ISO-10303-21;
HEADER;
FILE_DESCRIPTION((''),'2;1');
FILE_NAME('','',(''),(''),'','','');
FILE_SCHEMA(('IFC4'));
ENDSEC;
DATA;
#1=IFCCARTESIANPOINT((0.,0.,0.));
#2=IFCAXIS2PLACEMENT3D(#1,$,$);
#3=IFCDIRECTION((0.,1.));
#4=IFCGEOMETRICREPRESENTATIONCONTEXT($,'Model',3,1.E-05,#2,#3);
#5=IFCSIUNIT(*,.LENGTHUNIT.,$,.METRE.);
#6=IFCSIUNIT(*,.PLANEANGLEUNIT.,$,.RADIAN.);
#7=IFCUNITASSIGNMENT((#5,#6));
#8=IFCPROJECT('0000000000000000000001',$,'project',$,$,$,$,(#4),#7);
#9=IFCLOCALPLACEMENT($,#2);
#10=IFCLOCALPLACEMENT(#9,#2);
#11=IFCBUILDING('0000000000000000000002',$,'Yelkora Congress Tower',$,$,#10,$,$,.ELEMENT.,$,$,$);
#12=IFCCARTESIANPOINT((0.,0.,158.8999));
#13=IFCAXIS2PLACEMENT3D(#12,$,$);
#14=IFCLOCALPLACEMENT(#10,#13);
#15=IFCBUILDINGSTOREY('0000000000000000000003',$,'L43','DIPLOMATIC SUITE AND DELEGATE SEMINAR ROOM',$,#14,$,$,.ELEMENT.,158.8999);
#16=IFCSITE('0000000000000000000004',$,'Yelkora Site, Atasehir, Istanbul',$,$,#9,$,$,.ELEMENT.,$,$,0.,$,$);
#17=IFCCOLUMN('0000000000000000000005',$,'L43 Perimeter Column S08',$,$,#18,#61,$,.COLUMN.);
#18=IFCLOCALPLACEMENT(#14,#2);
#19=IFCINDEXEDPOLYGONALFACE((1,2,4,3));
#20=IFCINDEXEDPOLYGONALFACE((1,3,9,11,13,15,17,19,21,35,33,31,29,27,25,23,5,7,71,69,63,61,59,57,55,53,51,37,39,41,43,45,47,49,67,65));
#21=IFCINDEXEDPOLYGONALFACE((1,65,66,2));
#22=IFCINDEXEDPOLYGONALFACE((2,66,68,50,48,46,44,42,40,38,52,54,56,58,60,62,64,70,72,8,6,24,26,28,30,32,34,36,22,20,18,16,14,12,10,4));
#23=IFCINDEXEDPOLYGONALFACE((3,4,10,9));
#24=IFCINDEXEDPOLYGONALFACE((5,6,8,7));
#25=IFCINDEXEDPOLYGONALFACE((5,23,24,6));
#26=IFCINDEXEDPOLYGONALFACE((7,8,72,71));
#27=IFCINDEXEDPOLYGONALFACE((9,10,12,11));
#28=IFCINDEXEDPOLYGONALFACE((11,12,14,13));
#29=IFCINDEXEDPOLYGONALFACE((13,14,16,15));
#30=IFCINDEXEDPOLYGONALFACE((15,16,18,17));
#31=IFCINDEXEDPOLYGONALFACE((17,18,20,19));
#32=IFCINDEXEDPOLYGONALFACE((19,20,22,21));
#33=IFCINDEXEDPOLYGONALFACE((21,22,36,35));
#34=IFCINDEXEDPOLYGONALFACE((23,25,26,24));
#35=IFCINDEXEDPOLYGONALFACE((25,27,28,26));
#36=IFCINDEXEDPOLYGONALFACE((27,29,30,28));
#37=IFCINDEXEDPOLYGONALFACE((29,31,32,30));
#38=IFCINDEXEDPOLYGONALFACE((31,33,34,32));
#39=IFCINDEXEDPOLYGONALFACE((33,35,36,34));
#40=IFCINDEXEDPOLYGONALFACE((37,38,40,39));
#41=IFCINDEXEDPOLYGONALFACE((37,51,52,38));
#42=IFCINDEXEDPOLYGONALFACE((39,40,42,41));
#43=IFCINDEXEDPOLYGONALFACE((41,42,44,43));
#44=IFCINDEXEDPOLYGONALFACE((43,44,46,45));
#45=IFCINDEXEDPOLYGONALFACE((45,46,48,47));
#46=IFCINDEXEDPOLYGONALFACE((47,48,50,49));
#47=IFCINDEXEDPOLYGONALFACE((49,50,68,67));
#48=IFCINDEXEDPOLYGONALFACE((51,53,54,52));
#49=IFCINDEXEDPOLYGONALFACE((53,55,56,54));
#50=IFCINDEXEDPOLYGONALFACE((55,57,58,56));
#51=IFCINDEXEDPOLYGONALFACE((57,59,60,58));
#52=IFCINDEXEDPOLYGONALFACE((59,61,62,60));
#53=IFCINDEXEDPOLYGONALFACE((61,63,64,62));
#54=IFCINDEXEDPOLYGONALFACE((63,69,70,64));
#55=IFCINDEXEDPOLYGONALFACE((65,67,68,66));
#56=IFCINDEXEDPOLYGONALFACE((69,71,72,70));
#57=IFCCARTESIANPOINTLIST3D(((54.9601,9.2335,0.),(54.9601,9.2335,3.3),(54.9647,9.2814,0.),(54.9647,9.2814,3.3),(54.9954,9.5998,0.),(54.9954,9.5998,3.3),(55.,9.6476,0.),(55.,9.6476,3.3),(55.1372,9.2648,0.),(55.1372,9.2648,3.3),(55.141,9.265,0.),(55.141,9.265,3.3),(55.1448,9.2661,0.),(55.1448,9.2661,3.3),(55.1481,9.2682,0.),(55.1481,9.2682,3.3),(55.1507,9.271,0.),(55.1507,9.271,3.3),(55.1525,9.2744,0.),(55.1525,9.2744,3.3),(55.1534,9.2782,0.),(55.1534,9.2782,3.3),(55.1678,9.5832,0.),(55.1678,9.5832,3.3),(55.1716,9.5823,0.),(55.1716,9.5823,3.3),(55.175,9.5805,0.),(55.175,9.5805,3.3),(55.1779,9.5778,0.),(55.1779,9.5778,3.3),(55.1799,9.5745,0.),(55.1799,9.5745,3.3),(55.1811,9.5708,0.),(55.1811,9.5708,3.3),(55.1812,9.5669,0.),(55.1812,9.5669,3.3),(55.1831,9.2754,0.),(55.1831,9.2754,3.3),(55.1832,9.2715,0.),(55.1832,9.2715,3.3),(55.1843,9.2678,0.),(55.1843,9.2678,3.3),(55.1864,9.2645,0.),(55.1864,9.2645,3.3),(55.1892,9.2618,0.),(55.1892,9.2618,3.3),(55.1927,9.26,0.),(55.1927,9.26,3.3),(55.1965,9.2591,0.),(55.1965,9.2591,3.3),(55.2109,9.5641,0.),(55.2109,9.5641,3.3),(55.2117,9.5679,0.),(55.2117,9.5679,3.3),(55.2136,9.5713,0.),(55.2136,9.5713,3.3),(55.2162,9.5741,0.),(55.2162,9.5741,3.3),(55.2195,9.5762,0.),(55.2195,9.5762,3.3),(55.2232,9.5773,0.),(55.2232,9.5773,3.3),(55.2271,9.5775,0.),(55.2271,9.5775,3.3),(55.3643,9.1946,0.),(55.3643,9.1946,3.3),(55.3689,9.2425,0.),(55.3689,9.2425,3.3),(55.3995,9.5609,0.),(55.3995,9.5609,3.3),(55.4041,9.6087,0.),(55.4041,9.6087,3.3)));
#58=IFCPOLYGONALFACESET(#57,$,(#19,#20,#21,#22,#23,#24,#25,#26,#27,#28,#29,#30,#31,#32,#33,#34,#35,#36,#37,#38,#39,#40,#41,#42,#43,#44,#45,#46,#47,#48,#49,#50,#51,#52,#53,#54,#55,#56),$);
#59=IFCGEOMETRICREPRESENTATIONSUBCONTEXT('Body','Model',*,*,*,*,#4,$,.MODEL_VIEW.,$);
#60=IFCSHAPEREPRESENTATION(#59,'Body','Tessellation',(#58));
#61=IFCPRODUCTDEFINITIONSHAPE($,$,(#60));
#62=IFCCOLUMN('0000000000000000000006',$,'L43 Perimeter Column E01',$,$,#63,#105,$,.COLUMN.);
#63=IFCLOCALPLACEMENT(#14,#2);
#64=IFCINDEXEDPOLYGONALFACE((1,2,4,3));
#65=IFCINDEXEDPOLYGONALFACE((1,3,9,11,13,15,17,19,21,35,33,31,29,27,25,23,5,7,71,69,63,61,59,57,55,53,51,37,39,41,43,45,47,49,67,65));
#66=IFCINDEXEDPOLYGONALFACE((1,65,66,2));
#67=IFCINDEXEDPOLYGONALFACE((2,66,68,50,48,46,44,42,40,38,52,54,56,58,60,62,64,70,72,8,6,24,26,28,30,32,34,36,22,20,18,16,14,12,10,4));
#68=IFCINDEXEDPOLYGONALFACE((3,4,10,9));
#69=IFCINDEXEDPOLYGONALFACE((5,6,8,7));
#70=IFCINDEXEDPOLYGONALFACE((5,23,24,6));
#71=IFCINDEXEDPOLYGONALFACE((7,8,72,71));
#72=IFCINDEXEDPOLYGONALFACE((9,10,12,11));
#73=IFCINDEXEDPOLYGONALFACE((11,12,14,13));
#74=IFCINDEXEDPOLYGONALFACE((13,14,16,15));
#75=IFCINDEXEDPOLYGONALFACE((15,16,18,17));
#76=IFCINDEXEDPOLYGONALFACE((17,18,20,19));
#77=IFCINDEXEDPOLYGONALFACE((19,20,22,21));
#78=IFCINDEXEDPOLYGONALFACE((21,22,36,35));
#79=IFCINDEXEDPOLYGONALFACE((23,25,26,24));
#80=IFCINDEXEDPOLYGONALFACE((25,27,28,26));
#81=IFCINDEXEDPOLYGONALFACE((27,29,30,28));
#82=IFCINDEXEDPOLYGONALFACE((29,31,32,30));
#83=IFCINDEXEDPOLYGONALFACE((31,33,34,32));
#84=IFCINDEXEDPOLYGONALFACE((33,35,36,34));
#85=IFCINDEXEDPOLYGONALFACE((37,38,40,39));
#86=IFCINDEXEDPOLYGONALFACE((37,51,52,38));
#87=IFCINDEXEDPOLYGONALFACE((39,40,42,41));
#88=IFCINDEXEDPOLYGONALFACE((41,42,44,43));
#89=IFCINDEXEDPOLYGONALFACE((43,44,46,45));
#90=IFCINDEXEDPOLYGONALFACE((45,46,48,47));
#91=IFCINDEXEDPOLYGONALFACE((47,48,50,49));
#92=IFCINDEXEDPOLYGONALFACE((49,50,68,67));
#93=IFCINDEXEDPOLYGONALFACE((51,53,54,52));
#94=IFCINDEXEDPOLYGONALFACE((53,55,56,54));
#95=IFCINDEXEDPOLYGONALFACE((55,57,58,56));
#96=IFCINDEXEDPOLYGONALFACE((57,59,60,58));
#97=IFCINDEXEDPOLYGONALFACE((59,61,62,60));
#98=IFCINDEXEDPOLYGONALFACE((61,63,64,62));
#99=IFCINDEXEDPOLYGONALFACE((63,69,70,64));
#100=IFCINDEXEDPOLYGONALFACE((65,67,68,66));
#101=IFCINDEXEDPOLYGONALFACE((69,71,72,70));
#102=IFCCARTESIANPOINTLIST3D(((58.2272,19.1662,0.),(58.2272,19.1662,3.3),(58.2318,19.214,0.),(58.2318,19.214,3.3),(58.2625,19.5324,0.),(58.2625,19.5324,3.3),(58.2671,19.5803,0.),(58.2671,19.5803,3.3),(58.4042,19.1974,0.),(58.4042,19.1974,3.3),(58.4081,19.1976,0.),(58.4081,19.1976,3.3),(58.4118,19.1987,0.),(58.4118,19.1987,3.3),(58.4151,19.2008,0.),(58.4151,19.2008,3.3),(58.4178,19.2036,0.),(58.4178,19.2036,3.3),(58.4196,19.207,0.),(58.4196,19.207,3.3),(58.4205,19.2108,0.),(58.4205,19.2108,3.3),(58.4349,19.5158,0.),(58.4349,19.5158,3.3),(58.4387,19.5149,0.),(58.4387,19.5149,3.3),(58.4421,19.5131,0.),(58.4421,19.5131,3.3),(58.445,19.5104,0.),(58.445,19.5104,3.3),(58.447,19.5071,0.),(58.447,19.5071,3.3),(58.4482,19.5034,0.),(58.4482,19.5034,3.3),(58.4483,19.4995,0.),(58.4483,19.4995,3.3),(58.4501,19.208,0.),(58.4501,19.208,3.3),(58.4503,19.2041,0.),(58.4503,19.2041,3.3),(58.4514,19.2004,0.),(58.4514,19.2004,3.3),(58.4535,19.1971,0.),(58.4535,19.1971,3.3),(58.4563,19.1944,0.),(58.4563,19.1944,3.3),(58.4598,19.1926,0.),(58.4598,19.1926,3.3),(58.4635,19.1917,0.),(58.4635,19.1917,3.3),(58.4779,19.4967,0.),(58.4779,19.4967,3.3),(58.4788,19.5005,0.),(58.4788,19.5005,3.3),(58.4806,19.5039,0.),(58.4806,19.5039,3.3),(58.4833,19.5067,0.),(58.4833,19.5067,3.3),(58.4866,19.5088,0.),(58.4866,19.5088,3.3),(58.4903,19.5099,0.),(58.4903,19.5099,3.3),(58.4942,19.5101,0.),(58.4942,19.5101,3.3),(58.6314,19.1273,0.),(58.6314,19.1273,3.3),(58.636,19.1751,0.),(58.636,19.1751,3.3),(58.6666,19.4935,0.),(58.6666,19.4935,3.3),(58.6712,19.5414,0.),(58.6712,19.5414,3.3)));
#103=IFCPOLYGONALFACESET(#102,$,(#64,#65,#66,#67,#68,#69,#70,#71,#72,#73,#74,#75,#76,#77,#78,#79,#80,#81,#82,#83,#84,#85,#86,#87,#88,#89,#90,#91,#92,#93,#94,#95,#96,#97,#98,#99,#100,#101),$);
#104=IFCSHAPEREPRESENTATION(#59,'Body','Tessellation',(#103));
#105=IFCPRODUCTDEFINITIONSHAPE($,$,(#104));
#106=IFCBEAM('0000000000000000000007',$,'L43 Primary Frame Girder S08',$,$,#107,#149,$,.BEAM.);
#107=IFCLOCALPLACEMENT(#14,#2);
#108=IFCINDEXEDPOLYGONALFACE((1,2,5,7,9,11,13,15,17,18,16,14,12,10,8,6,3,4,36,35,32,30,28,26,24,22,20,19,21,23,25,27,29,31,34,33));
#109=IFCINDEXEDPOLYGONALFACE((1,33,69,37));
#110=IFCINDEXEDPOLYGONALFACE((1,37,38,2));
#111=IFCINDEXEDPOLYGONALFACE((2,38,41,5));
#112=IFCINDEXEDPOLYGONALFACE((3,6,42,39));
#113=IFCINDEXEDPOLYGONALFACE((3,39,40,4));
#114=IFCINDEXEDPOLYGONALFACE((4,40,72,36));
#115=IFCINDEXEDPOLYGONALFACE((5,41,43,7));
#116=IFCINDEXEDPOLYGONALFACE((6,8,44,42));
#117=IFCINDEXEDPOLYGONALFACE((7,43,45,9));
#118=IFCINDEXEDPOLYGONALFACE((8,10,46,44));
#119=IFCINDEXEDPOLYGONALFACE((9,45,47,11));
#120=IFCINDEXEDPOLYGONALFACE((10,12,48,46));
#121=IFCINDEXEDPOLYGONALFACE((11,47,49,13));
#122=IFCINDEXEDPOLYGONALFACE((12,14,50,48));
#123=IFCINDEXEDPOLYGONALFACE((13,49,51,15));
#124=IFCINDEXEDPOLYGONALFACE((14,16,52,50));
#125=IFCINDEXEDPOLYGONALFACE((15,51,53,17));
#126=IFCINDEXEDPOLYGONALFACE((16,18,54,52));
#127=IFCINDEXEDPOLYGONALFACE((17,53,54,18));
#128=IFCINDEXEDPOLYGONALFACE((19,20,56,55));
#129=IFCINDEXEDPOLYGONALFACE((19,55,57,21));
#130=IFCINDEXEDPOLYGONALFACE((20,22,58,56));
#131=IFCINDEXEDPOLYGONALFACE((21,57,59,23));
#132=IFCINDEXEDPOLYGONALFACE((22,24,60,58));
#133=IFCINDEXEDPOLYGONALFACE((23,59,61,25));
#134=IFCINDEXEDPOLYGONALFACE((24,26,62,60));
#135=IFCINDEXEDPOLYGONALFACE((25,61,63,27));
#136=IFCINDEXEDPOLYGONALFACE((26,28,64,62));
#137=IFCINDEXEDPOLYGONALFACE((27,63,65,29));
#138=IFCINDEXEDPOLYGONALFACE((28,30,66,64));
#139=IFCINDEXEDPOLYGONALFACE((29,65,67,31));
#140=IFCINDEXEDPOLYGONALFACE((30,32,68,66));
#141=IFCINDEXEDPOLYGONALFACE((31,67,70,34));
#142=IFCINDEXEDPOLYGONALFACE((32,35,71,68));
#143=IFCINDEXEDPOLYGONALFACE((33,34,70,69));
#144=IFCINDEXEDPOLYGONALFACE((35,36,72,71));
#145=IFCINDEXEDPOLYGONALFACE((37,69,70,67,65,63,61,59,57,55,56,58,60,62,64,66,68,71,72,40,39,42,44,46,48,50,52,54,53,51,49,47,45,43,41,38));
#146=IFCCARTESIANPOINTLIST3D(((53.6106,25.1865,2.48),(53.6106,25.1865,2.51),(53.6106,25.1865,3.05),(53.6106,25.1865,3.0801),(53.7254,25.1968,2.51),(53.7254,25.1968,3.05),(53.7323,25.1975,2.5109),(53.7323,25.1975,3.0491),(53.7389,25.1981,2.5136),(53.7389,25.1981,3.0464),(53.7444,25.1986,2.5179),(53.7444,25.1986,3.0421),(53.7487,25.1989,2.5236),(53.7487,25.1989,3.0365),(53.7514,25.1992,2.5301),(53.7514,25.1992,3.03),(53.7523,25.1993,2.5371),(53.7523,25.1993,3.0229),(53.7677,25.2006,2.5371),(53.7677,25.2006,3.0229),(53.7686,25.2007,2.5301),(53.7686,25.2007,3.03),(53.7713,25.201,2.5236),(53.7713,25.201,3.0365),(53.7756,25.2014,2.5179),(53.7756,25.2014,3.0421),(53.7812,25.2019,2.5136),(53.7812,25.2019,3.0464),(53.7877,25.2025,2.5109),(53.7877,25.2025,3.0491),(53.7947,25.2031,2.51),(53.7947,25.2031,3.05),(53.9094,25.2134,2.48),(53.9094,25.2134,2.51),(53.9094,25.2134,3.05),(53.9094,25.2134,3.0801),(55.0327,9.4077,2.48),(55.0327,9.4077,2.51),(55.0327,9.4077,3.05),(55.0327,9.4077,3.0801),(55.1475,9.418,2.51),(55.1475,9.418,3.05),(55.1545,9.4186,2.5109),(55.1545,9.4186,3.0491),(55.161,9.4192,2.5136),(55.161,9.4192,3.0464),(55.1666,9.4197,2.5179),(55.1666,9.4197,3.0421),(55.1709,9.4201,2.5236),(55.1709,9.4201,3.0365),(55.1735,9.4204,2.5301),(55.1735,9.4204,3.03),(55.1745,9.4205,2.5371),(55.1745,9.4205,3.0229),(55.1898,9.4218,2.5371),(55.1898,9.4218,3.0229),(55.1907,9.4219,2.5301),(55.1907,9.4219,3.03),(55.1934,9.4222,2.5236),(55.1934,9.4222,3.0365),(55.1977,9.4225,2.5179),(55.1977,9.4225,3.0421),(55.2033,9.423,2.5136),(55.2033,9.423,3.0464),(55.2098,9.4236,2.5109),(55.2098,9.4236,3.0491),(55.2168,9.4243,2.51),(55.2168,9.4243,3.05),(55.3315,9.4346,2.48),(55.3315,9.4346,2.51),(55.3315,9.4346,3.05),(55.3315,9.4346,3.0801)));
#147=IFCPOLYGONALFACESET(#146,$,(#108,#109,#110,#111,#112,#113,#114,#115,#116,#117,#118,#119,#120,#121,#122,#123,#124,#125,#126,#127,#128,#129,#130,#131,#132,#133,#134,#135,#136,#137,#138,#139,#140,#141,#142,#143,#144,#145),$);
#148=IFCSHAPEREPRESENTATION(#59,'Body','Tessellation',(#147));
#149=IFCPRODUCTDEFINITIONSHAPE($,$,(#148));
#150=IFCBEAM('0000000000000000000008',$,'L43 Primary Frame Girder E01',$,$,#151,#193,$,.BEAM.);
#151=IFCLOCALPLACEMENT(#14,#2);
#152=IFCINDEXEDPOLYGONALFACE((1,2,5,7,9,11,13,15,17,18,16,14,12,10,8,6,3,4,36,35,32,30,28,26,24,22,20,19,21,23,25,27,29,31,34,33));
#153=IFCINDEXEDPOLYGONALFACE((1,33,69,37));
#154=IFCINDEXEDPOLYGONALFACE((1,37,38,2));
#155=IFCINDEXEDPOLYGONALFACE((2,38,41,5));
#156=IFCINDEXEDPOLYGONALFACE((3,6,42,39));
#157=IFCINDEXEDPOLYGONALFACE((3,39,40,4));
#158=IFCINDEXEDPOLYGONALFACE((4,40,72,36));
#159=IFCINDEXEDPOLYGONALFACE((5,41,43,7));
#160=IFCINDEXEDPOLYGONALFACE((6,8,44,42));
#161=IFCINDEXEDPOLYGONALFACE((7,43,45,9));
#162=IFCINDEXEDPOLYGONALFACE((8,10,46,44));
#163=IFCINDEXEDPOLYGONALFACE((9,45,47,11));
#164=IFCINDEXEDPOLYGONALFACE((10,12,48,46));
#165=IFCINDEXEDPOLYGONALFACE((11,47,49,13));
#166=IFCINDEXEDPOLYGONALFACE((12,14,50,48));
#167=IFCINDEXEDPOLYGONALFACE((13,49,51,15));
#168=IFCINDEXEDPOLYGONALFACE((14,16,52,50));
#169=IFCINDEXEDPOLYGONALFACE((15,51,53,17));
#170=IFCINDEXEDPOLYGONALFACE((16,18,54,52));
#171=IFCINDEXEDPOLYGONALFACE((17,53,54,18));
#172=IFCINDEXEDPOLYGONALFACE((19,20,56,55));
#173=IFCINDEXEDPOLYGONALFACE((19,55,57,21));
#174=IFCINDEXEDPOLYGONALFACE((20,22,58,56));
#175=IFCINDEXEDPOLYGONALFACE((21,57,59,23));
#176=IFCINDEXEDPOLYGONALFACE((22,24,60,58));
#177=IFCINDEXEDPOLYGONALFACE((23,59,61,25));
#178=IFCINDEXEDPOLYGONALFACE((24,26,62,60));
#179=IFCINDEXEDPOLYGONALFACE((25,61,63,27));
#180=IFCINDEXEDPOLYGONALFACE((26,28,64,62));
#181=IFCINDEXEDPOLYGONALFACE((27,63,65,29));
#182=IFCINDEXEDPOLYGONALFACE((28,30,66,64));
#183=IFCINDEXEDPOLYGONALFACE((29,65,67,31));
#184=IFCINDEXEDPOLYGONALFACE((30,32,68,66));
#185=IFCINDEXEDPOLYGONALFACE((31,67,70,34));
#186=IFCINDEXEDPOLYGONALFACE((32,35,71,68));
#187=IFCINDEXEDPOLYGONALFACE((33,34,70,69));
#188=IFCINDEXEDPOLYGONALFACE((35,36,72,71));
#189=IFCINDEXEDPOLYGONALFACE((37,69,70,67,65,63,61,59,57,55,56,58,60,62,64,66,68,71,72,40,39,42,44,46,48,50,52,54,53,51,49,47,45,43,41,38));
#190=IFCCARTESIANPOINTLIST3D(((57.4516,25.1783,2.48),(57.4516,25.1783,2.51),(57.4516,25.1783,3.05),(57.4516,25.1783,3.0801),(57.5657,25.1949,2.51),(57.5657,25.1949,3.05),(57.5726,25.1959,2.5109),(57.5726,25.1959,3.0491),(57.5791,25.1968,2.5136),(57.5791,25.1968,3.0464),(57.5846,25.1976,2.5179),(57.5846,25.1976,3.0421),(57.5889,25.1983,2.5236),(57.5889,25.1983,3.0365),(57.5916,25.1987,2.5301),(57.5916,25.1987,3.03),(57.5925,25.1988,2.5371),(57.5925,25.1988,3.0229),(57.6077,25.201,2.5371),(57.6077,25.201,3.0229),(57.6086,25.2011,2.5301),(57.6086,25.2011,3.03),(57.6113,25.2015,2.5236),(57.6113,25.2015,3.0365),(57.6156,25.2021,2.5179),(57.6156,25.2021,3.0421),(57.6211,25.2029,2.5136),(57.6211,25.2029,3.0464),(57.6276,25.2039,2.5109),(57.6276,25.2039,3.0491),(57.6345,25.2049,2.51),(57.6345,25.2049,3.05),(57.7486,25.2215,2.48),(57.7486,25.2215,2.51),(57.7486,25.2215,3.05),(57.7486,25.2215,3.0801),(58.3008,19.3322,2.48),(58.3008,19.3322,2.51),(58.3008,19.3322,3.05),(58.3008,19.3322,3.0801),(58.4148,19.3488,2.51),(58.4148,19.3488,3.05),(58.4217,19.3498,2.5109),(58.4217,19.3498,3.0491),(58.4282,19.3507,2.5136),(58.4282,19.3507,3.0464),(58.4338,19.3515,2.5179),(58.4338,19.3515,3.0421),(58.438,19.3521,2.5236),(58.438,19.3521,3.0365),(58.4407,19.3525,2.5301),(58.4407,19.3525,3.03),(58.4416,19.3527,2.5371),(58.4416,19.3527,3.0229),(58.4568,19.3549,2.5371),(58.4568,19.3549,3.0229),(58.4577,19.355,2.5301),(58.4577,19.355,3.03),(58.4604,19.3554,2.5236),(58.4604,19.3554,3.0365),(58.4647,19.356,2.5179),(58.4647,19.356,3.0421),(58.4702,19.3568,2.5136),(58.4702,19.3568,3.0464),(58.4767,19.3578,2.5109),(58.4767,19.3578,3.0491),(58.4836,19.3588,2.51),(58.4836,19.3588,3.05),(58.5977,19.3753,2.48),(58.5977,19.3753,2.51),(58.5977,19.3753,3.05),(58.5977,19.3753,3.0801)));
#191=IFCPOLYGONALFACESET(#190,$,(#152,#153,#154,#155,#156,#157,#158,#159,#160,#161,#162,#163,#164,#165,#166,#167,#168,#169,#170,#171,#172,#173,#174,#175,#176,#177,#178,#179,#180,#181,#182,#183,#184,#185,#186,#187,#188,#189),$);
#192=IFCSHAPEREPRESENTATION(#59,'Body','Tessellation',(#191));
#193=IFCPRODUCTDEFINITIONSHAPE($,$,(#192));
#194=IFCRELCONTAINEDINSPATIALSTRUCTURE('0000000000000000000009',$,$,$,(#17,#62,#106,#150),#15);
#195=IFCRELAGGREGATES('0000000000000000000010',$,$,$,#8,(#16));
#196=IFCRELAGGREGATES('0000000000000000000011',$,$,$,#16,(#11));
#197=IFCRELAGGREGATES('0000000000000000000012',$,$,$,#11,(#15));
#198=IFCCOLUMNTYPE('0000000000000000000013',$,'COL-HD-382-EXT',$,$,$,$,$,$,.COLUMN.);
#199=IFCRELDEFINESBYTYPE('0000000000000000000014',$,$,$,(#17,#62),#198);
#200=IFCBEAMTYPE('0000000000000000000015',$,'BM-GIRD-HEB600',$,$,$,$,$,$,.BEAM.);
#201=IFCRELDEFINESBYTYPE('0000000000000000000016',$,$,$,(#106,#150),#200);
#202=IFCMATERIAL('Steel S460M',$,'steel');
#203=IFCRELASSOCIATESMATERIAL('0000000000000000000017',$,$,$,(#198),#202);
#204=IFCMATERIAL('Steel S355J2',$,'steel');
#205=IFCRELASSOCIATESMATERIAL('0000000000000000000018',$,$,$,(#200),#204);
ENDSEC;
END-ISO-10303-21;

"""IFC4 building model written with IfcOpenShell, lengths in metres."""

from ifc_helpers import new_model, si_unit, direction, frame, origin, origin_2d, place, context, subcontext, project, spatial, i_section, extrude, material, material_profile, profile_set, type_object, element, save


model = new_model("IFC4")

# Units and contexts
model_context = context("Model", 3, precision=1e-05, world=origin(), true_north=direction((0.0, 1.0)))
body_context = subcontext(model_context, "Body", "Model", "MODEL_VIEW")
ifc_project = project(units=[si_unit("LENGTHUNIT", "METRE"), si_unit("PLANEANGLEUNIT", "RADIAN")], contexts=[model_context])

# Site, building, storey
site_placement = place(None, origin())
site = spatial("IfcSite", under=ifc_project, at=site_placement, Name="Yelkora Site, Atasehir, Istanbul", CompositionType="ELEMENT", RefElevation=0.0)
building_placement = place(site_placement, origin())
building = spatial("IfcBuilding", under=site, at=building_placement, Name="Yelkora Congress Tower", CompositionType="ELEMENT")
storey_placement = place(building_placement, frame((0.0, 0.0, 158.8999)))
storey = spatial("IfcBuildingStorey", under=building, at=storey_placement, Name="L43", Description="DIPLOMATIC SUITE AND DELEGATE SEMINAR ROOM", CompositionType="ELEMENT", Elevation=158.8999)

# Columns
ifc_material_1 = material(Name="Steel S460M", Category="steel")
ifc_material_profile_1 = material_profile(ifc_material_1, i_section(OverallWidth=0.406, OverallDepth=0.416, WebThickness=0.0298, FlangeThickness=0.0481, FilletRadius=0.0149, at=origin_2d()), Name="HD 400x382")
ifc_profile_set_1 = profile_set([ifc_material_profile_1], Name="Steel S460M")
column_type = type_object("IfcColumnType", Name="COL-HD-382-EXT", PredefinedType="COLUMN", material=ifc_profile_set_1)
for number, where, z_axis, x_axis, name in (
    (1, (55.1821, 9.4211, 0.0), (0.0, 0.0, 1.0), (0.995396, -0.095846, 0.0), "L43 Perimeter Column S08"),
    (2, (58.4492, 19.3538, 0.0), (0.0, 0.0, 1.0), (0.995396, -0.095846, 0.0), "L43 Perimeter Column E01"),
):
    element("IfcColumn", number, at=place(storey_placement, frame(where, z_axis=z_axis, x_axis=x_axis)), inside=storey, type_object=column_type, Name=name, PredefinedType="COLUMN", context=body_context, shape_type="SweptSolid", body=[
        extrude(i_section(OverallWidth=0.406, OverallDepth=0.416, WebThickness=0.0298, FlangeThickness=0.0481, FilletRadius=0.0149, at=origin_2d()), origin(), (0.0, 0.0, 1.0), 3.3),
    ])

# Beams
ifc_material_2 = material(Name="Steel S355J2", Category="steel")
ifc_material_profile_2 = material_profile(ifc_material_2, i_section(OverallWidth=0.3, OverallDepth=0.6001, WebThickness=0.0154, FlangeThickness=0.03, FilletRadius=0.0271, at=origin_2d()), Name="HEB 600")
ifc_profile_set_2 = profile_set([ifc_material_profile_2], Name="Steel S355J2")
beam_type_1 = type_object("IfcBeamType", Name="BM-GIRD-HEB600", PredefinedType="BEAM", material=ifc_profile_set_2)
beam_1_placement = place(storey_placement, frame((55.1821, 9.4211, 2.78), z_axis=(-0.089765, 0.995963, 0.0), x_axis=(-0.995963, -0.089765, 0.0)))
element("IfcBeam", 3, at=beam_1_placement, inside=storey, type_object=beam_type_1, Name="L43 Primary Frame Girder S08", PredefinedType="BEAM", context=body_context, shape_type="SweptSolid", body=[
    extrude(i_section(OverallWidth=0.3, OverallDepth=0.6001, WebThickness=0.0154, FlangeThickness=0.03, FilletRadius=0.0271, at=origin_2d()), origin(), (0.0, 0.0, 1.0), 15.8428),
])
beam_2_placement = place(storey_placement, frame((58.4492, 19.3538, 2.78), z_axis=(-0.143735, 0.989616, 0.0), x_axis=(-0.989616, -0.143735, 0.0)))
element("IfcBeam", 4, at=beam_2_placement, inside=storey, type_object=beam_type_1, Name="L43 Primary Frame Girder E01", PredefinedType="BEAM", context=body_context, shape_type="SweptSolid", body=[
    extrude(i_section(OverallWidth=0.3, OverallDepth=0.6001, WebThickness=0.0154, FlangeThickness=0.03, FilletRadius=0.0271, at=origin_2d()), origin(), (0.0, 0.0, 1.0), 5.9075),
])

save(model, "model.ifc")
